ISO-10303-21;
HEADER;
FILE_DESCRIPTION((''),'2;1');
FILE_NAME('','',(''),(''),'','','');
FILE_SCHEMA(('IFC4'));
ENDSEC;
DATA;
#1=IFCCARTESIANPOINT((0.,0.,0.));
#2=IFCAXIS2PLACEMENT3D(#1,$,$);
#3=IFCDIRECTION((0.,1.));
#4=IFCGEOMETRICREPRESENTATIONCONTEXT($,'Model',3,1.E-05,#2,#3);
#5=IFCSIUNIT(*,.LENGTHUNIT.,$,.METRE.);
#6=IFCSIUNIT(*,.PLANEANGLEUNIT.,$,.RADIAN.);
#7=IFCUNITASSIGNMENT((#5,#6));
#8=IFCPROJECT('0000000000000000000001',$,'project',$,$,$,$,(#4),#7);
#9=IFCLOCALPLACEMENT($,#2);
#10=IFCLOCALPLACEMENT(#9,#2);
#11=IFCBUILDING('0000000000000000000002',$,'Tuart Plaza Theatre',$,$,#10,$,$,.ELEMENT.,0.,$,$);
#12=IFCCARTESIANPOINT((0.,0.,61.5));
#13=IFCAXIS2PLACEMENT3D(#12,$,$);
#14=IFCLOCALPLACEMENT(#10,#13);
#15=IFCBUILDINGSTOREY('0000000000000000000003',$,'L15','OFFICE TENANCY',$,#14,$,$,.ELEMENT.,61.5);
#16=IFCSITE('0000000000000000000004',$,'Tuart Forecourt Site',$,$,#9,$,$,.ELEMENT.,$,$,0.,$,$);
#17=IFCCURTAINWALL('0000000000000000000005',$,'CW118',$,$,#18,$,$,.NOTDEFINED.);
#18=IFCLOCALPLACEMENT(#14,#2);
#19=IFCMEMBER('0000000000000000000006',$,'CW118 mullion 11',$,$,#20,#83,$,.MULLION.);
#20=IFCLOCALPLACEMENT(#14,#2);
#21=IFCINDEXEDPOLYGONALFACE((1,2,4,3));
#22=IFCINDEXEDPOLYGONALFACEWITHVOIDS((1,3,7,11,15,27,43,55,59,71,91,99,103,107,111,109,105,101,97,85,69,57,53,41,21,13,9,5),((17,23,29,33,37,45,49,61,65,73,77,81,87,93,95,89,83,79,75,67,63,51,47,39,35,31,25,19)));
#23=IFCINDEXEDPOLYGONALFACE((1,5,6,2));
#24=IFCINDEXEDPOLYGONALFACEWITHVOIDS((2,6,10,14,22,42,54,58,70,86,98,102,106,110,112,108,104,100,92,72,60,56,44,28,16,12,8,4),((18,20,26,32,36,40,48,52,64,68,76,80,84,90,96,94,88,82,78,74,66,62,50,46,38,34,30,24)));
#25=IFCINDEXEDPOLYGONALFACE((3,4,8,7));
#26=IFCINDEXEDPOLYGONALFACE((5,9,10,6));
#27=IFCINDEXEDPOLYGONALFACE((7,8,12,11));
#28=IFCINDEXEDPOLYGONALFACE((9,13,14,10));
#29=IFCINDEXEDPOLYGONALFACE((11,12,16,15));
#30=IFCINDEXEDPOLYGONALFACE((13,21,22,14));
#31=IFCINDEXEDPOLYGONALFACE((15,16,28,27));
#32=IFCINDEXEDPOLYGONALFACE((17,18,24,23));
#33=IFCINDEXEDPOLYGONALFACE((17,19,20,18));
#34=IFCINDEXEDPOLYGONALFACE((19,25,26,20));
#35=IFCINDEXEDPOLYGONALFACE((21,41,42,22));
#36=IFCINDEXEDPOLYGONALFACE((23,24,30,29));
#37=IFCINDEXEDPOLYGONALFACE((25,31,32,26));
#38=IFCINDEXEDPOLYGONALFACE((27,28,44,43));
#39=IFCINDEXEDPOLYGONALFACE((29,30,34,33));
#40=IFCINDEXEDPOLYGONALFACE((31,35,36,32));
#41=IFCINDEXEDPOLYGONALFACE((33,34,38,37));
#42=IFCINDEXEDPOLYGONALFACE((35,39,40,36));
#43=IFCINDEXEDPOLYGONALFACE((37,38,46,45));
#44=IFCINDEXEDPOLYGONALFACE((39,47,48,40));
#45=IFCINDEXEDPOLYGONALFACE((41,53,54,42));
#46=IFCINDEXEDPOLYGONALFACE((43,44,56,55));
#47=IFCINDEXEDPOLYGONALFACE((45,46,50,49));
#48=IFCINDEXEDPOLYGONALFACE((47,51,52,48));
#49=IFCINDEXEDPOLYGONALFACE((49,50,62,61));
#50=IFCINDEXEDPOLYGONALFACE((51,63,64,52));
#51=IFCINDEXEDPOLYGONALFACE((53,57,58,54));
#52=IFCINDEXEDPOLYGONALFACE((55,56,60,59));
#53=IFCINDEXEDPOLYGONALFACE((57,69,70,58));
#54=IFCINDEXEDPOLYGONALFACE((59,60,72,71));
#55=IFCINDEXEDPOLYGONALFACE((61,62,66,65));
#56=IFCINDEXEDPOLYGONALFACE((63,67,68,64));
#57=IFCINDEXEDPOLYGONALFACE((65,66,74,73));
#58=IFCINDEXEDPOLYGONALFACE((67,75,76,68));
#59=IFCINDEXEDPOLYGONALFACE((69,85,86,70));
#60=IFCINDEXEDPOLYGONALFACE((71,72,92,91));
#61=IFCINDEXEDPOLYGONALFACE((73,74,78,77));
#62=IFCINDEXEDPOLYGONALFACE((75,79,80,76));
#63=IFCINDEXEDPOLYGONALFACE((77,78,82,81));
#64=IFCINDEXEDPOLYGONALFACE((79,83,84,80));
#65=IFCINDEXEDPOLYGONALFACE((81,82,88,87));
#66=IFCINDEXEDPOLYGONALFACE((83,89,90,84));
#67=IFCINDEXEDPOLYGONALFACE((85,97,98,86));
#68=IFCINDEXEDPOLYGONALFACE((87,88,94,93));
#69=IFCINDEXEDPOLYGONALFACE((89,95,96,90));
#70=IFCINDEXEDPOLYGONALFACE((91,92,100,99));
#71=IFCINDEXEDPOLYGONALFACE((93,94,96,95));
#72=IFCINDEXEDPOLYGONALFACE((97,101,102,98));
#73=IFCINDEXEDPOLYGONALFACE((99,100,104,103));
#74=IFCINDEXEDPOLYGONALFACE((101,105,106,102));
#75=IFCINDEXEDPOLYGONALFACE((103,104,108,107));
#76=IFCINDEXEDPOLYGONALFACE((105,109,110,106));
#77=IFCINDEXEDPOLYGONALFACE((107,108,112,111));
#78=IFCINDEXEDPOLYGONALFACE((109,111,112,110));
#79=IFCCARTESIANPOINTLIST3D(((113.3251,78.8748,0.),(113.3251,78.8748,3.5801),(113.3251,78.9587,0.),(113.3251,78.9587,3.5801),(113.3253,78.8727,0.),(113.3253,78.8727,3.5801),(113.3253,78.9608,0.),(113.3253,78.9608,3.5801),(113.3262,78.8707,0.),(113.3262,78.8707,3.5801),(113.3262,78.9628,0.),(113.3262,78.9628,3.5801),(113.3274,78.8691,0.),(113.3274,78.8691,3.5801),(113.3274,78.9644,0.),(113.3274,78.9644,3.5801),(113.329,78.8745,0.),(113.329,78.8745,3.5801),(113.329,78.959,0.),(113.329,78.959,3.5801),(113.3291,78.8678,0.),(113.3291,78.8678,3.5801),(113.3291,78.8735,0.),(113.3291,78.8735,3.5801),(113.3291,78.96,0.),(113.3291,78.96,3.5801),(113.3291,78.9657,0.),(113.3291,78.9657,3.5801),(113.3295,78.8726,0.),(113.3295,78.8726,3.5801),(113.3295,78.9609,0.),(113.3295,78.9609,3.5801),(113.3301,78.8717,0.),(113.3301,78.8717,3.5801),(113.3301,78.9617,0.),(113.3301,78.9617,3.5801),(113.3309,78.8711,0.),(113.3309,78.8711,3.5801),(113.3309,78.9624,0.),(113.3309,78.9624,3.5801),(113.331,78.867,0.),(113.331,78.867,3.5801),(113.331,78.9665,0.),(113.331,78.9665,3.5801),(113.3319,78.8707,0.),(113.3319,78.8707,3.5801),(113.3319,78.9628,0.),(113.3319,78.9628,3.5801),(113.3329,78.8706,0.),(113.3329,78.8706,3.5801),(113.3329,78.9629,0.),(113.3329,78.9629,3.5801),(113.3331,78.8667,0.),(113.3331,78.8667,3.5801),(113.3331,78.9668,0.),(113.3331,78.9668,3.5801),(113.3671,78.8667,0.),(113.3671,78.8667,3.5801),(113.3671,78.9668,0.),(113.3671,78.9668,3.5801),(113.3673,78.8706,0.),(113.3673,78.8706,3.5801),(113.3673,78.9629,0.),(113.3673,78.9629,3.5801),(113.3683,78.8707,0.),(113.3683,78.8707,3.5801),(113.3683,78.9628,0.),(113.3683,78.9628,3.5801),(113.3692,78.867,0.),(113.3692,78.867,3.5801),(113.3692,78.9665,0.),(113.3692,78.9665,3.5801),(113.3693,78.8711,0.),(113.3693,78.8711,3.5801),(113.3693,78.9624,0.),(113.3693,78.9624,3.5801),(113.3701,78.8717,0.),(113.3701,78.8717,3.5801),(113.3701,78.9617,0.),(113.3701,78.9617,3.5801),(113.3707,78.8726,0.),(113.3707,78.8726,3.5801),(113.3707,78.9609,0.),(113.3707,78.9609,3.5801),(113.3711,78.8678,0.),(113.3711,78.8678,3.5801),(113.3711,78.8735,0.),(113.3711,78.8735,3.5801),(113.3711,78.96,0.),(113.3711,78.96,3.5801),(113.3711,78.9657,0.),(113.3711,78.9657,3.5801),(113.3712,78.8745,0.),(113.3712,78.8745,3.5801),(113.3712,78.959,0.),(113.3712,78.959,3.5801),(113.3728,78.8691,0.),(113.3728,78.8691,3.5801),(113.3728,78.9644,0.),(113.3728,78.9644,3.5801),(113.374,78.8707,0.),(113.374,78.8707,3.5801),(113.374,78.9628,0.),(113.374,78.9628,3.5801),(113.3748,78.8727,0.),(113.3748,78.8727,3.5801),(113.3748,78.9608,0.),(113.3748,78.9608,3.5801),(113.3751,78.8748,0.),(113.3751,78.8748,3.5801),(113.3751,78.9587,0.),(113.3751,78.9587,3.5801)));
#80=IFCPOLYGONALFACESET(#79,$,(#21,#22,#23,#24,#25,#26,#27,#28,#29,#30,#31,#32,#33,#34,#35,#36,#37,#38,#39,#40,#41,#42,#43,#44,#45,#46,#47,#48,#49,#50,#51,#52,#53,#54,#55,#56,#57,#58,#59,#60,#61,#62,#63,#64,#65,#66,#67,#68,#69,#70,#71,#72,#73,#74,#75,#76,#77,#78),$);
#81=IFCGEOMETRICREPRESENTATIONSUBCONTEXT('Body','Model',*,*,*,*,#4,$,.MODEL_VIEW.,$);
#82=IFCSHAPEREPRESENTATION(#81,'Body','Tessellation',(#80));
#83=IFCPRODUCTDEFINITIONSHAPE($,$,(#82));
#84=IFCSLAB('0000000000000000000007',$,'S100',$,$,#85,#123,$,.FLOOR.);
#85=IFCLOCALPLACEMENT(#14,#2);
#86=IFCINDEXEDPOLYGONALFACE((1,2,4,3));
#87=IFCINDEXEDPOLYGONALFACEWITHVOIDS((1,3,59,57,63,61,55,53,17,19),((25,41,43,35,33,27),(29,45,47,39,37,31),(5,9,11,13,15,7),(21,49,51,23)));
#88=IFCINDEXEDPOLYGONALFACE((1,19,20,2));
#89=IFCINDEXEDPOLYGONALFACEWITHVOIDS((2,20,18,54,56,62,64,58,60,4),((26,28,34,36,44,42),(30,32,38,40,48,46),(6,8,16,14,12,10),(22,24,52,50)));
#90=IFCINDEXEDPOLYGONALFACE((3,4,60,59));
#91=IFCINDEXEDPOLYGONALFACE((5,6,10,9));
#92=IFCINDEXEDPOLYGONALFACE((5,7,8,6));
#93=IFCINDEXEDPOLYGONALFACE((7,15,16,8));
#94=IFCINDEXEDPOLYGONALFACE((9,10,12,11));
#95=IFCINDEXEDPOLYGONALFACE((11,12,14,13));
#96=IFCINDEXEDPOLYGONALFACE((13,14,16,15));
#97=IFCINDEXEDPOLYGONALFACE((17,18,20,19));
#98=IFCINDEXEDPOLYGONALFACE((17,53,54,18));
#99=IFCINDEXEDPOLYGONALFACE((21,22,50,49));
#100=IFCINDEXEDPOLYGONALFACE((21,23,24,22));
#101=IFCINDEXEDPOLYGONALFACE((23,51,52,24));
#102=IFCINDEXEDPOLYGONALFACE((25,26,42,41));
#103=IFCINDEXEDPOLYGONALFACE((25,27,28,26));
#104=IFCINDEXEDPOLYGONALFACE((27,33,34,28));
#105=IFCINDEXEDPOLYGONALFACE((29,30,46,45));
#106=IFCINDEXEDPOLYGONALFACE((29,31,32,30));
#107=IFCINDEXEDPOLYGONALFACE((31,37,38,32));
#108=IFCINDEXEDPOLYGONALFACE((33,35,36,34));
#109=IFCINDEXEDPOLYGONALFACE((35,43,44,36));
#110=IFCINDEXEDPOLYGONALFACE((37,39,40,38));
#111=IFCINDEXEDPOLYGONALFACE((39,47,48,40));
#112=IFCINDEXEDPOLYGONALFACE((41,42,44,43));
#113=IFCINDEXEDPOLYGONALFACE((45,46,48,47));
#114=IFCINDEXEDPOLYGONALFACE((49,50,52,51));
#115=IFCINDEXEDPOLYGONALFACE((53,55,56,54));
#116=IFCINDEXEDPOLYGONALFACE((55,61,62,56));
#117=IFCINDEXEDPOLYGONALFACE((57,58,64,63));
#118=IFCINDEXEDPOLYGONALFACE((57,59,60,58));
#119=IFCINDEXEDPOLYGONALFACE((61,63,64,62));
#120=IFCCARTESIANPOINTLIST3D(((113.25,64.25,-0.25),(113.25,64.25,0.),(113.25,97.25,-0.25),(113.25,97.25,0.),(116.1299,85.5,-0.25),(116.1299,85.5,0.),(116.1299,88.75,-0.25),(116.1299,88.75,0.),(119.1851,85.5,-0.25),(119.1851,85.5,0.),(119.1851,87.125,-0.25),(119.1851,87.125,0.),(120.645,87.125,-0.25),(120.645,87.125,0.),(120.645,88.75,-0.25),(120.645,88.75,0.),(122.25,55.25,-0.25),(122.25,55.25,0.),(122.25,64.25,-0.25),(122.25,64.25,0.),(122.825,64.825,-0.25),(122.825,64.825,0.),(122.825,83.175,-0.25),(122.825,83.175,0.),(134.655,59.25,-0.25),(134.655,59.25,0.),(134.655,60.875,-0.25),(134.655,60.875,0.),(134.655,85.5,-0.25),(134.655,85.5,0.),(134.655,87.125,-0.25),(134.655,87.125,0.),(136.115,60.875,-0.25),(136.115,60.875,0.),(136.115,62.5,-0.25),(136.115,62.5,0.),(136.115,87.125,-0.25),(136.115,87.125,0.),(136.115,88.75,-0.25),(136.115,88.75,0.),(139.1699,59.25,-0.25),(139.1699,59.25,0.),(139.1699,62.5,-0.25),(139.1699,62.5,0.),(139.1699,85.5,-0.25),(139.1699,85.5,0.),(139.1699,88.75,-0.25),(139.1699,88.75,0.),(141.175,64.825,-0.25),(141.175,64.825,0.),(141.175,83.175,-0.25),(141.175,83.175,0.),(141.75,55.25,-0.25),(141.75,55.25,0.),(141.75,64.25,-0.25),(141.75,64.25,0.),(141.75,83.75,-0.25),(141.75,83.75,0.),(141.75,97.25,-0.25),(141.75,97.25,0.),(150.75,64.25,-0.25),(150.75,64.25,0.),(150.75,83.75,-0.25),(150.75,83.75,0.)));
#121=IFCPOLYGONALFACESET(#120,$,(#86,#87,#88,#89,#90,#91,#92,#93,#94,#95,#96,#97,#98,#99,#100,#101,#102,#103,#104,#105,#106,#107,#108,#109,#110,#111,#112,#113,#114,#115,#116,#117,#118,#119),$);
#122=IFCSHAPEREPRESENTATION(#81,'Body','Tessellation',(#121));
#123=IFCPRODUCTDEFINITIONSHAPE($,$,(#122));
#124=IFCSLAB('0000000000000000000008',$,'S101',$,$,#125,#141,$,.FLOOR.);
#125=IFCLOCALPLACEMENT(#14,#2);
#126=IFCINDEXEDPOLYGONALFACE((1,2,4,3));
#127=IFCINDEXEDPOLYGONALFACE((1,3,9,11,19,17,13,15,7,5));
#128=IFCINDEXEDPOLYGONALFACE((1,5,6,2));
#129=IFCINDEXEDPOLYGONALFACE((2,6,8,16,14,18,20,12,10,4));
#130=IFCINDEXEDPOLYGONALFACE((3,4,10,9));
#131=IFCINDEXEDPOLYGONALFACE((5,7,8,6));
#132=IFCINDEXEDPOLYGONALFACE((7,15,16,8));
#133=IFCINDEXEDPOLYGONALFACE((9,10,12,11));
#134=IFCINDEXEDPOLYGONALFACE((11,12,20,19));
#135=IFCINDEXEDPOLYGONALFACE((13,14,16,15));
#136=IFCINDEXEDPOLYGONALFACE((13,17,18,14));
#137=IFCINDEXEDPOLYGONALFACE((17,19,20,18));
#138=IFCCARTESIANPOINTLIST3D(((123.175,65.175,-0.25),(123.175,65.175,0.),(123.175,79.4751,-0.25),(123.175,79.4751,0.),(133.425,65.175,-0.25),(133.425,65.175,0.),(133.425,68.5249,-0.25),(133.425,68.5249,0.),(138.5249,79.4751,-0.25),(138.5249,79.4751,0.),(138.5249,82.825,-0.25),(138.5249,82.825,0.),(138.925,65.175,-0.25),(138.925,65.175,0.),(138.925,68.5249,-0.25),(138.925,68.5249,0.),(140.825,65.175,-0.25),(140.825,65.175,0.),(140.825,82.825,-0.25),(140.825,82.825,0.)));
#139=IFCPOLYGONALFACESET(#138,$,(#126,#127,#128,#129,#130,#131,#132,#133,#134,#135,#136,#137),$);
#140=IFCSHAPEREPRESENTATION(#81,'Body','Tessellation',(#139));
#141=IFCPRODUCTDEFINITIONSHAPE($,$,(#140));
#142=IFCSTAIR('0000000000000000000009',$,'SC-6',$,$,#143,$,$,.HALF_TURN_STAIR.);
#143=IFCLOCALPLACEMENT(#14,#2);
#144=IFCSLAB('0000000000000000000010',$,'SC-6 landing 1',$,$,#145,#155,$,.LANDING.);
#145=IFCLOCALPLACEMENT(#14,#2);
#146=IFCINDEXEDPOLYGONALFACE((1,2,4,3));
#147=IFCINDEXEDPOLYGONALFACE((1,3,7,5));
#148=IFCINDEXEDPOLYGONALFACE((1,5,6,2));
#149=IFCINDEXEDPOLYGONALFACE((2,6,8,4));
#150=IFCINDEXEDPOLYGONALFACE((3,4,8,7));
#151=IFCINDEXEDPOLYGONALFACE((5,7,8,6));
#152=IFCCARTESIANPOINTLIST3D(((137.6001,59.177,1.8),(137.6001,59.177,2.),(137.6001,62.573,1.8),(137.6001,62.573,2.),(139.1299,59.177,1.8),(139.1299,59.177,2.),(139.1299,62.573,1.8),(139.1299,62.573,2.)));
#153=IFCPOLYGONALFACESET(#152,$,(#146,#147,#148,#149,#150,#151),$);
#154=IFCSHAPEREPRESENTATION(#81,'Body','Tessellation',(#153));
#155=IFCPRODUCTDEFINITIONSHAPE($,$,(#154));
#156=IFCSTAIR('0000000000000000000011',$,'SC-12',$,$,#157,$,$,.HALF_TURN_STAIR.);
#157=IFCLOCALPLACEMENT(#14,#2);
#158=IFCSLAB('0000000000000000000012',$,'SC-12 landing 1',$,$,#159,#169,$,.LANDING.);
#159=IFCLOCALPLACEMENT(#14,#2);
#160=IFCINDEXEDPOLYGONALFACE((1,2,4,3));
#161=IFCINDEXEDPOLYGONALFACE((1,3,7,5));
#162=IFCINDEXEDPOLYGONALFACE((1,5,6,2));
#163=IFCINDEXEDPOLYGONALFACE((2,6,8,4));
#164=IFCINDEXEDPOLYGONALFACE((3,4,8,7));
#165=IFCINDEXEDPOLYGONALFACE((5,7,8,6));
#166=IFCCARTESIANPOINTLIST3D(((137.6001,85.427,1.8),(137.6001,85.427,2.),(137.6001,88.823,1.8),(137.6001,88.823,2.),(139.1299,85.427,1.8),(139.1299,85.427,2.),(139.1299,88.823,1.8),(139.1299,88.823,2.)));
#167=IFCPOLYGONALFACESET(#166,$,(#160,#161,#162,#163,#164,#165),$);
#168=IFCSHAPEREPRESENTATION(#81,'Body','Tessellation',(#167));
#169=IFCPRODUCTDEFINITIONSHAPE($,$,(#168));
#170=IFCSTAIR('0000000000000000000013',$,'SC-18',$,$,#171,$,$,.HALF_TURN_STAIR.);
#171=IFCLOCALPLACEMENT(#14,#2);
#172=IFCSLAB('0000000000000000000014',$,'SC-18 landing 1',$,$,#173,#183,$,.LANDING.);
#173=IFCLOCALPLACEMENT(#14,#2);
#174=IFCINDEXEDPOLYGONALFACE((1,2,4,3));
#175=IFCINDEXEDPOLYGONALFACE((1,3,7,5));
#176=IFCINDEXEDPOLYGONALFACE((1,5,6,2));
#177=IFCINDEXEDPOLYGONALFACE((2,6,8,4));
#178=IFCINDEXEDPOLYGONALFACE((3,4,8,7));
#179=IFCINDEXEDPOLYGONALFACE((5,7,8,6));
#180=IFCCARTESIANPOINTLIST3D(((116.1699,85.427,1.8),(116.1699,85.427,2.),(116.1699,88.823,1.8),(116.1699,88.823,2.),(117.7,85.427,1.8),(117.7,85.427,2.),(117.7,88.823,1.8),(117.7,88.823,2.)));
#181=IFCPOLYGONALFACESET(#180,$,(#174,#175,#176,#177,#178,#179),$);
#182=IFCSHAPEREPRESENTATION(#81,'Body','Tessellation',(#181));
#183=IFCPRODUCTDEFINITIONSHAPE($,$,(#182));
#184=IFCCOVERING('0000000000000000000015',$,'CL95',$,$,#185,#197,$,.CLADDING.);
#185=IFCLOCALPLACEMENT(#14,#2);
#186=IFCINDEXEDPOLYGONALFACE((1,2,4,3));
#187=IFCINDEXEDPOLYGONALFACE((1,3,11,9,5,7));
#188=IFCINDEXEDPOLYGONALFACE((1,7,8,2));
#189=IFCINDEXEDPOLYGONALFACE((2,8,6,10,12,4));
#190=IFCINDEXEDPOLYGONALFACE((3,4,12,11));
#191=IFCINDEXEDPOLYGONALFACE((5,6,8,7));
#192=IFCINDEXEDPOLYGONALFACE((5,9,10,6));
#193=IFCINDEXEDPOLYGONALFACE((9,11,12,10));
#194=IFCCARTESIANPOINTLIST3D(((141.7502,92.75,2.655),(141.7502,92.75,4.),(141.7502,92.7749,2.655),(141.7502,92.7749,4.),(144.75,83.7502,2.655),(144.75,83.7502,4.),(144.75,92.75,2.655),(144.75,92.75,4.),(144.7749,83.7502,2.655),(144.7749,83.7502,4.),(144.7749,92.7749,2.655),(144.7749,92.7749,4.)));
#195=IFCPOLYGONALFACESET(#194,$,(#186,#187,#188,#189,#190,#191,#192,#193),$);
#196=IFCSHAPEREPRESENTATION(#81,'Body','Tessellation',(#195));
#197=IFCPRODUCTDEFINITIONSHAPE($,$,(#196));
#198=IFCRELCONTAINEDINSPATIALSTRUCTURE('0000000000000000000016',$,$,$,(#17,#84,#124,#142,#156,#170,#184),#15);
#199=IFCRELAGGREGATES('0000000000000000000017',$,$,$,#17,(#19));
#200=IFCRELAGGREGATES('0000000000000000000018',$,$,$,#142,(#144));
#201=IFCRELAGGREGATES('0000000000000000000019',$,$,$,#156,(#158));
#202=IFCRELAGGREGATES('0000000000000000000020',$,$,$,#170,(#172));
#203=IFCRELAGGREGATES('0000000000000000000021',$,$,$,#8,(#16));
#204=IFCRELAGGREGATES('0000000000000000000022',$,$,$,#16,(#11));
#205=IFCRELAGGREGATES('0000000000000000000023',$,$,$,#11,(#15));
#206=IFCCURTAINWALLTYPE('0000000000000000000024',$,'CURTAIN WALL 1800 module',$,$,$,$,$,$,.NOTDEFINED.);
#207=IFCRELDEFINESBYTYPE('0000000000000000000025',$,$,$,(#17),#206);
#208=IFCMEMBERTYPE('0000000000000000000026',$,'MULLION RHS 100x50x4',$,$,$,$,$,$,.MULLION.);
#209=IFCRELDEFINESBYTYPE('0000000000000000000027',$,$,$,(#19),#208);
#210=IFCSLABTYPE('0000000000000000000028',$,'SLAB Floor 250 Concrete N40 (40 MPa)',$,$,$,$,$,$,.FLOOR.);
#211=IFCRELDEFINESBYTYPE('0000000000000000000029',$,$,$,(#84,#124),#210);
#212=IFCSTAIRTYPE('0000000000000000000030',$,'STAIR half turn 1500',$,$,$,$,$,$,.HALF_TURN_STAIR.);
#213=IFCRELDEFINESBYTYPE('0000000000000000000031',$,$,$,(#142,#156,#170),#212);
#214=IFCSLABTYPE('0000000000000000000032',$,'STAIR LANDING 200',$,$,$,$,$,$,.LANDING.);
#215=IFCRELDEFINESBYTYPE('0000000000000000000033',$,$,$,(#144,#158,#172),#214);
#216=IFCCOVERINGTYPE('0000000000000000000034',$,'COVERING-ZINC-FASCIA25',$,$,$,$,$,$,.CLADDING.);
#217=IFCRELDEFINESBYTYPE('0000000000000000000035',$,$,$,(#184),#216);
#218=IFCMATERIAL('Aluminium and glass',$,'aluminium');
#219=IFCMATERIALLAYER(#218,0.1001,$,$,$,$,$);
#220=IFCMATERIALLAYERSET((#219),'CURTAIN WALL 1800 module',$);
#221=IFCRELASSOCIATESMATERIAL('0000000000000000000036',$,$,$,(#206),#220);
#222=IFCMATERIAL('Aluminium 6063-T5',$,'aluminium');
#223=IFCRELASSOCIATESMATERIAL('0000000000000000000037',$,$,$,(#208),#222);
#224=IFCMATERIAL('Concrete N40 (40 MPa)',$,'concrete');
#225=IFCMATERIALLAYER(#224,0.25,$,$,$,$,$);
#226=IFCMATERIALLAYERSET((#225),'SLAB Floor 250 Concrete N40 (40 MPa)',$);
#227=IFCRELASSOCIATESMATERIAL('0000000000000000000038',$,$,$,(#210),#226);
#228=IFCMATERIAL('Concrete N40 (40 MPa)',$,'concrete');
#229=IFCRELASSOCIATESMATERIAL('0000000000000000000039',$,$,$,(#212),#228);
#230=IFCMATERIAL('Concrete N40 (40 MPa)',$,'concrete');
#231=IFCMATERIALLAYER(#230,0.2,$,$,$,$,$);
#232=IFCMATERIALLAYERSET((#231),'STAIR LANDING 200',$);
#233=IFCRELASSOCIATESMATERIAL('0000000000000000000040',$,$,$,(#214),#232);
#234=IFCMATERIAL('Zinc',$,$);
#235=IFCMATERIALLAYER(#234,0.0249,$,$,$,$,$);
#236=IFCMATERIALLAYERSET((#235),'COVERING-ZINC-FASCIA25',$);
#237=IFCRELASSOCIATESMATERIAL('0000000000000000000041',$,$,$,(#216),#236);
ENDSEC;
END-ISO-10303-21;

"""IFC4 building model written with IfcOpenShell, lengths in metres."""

from ifc_helpers import new_model, si_unit, direction, frame, origin, origin_2d, place, context, subcontext, project, spatial, polyline, hollow_rectangle, outline, extrude, material, layer, layer_set, material_profile, profile_set, type_object, element, aggregate, save


model = new_model("IFC4")

# Units and contexts
model_context = context("Model", 3, precision=1e-05, world=origin(), true_north=direction((0.0, 1.0)))
body_context = subcontext(model_context, "Body", "Model", "MODEL_VIEW")
ifc_project = project(units=[si_unit("LENGTHUNIT", "METRE"), si_unit("PLANEANGLEUNIT", "RADIAN")], contexts=[model_context])

# Site, building, storey
site_placement = place(None, origin())
site = spatial("IfcSite", under=ifc_project, at=site_placement, Name="Tuart Forecourt Site", CompositionType="ELEMENT", RefElevation=0.0)
building_placement = place(site_placement, origin())
building = spatial("IfcBuilding", under=site, at=building_placement, Name="Tuart Plaza Theatre", CompositionType="ELEMENT", ElevationOfRefHeight=0.0)
storey_placement = place(building_placement, frame((0.0, 0.0, 61.5)))
storey = spatial("IfcBuildingStorey", under=building, at=storey_placement, Name="L15", Description="OFFICE TENANCY", CompositionType="ELEMENT", Elevation=61.5)

# Curtain wall, member
ifc_material_1 = material(Name="Aluminium and glass", Category="aluminium")
ifc_layer_1 = layer(ifc_material_1, 0.1001)
ifc_layer_set_1 = layer_set([ifc_layer_1], Name="CURTAIN WALL 1800 module")
curtain_wall_type = type_object("IfcCurtainWallType", Name="CURTAIN WALL 1800 module", PredefinedType="NOTDEFINED", material=ifc_layer_set_1)
curtain_wall_placement = place(storey_placement, origin())
curtain_wall = element("IfcCurtainWall", 1, at=curtain_wall_placement, inside=storey, type_object=curtain_wall_type, Name="CW118", PredefinedType="NOTDEFINED")
ifc_material_2 = material(Name="Aluminium 6063-T5", Category="aluminium")
ifc_material_profile = material_profile(ifc_material_2, hollow_rectangle(XDim=0.05, YDim=0.1001, WallThickness=0.0039, InnerFilletRadius=0.0039, OuterFilletRadius=0.0081, at=origin_2d()), Name="RHS 100x50x4")
ifc_profile_set = profile_set([ifc_material_profile], Name="Aluminium 6063-T5")
member_type = type_object("IfcMemberType", Name="MULLION RHS 100x50x4", PredefinedType="MULLION", material=ifc_profile_set)
member_1_placement = place(storey_placement, frame((113.3501, 78.9167, 0.0), z_axis=(0.0, 0.0, 1.0), x_axis=(1.0, 0.0, 0.0)))
member_1 = element("IfcMember", 2, at=member_1_placement, type_object=member_type, Name="CW118 mullion 11", PredefinedType="MULLION", context=body_context, shape_type="SweptSolid", body=[
    extrude(hollow_rectangle(XDim=0.05, YDim=0.1001, WallThickness=0.0039, InnerFilletRadius=0.0039, OuterFilletRadius=0.0081, at=origin_2d()), origin(), (0.0, 0.0, 1.0), 3.5801),
])
aggregate(curtain_wall, [member_1])

# Slabs
ifc_material_3 = material(Name="Concrete N40 (40 MPa)", Category="concrete")
ifc_layer_2 = layer(ifc_material_3, 0.25)
ifc_layer_set_2 = layer_set([ifc_layer_2], Name="SLAB Floor 250 Concrete N40 (40 MPa)")
slab_type_1 = type_object("IfcSlabType", Name="SLAB Floor 250 Concrete N40 (40 MPa)", PredefinedType="FLOOR", material=ifc_layer_set_2)
slab_1_placement = place(storey_placement, frame((0.0, 0.0, -0.25)))
element("IfcSlab", 3, at=slab_1_placement, inside=storey, type_object=slab_type_1, Name="S100", PredefinedType="FLOOR", context=body_context, shape_type="SweptSolid", body=[
    extrude(outline(polyline([(141.75, 97.25), (113.25, 97.25), (113.25, 64.25), (122.25, 64.25), (122.25, 55.25), (141.75, 55.25), (141.75, 64.25), (150.75, 64.25), (150.75, 83.75), (141.75, 83.75), (141.75, 97.25)]), holes=[polyline([(141.175, 64.825), (141.175, 83.175), (122.825, 83.175), (122.825, 64.825), (141.175, 64.825)]), polyline([(136.115, 62.5), (136.115, 60.875), (134.655, 60.875), (134.655, 59.25), (139.1699, 59.25), (139.1699, 62.5), (136.115, 62.5)]), polyline([(139.1699, 88.75), (136.115, 88.75), (136.115, 87.125), (134.655, 87.125), (134.655, 85.5), (139.1699, 85.5), (139.1699, 88.75)]), polyline([(116.1299, 88.75), (116.1299, 85.5), (119.1851, 85.5), (119.1851, 87.125), (120.645, 87.125), (120.645, 88.75), (116.1299, 88.75)])]), origin(), (0.0, 0.0, 1.0), 0.25),
])
slab_2_placement = place(storey_placement, frame((0.0, 0.0, -0.25)))
element("IfcSlab", 4, at=slab_2_placement, inside=storey, type_object=slab_type_1, Name="S101", PredefinedType="FLOOR", context=body_context, shape_type="SweptSolid", body=[
    extrude(outline(polyline([(123.175, 65.175), (133.425, 65.175), (133.425, 68.5249), (138.925, 68.5249), (138.925, 65.175), (140.825, 65.175), (140.825, 82.825), (138.5249, 82.825), (138.5249, 79.4751), (123.175, 79.4751), (123.175, 65.175)])), origin(), (0.0, 0.0, 1.0), 0.25),
])

# Stairs, slabs
ifc_material_4 = material(Name="Concrete N40 (40 MPa)", Category="concrete")
stair_type = type_object("IfcStairType", Name="STAIR half turn 1500", PredefinedType="HALF_TURN_STAIR", material=ifc_material_4)
stair_1_placement = place(storey_placement, origin())
stair_1 = element("IfcStair", 5, at=stair_1_placement, inside=storey, type_object=stair_type, Name="SC-6", PredefinedType="HALF_TURN_STAIR")
ifc_material_5 = material(Name="Concrete N40 (40 MPa)", Category="concrete")
ifc_layer_3 = layer(ifc_material_5, 0.2)
ifc_layer_set_3 = layer_set([ifc_layer_3], Name="STAIR LANDING 200")
slab_type_2 = type_object("IfcSlabType", Name="STAIR LANDING 200", PredefinedType="LANDING", material=ifc_layer_set_3)
slab_3_placement = place(storey_placement, frame((0.0, 0.0, 1.8)))
slab_3 = element("IfcSlab", 6, at=slab_3_placement, type_object=slab_type_2, Name="SC-6 landing 1", PredefinedType="LANDING", context=body_context, shape_type="SweptSolid", body=[
    extrude(outline(polyline([(137.6001, 59.177), (139.1299, 59.177), (139.1299, 62.573), (137.6001, 62.573), (137.6001, 59.177)])), origin(), (0.0, 0.0, 1.0), 0.2),
])
aggregate(stair_1, [slab_3])
stair_2_placement = place(storey_placement, origin())
stair_2 = element("IfcStair", 7, at=stair_2_placement, inside=storey, type_object=stair_type, Name="SC-12", PredefinedType="HALF_TURN_STAIR")
slab_4_placement = place(storey_placement, frame((0.0, 0.0, 1.8)))
slab_4 = element("IfcSlab", 8, at=slab_4_placement, type_object=slab_type_2, Name="SC-12 landing 1", PredefinedType="LANDING", context=body_context, shape_type="SweptSolid", body=[
    extrude(outline(polyline([(137.6001, 85.427), (139.1299, 85.427), (139.1299, 88.823), (137.6001, 88.823), (137.6001, 85.427)])), origin(), (0.0, 0.0, 1.0), 0.2),
])
aggregate(stair_2, [slab_4])
stair_3_placement = place(storey_placement, origin())
stair_3 = element("IfcStair", 9, at=stair_3_placement, inside=storey, type_object=stair_type, Name="SC-18", PredefinedType="HALF_TURN_STAIR")
slab_5_placement = place(storey_placement, frame((0.0, 0.0, 1.8)))
slab_5 = element("IfcSlab", 10, at=slab_5_placement, type_object=slab_type_2, Name="SC-18 landing 1", PredefinedType="LANDING", context=body_context, shape_type="SweptSolid", body=[
    extrude(outline(polyline([(117.7, 88.823), (116.1699, 88.823), (116.1699, 85.427), (117.7, 85.427), (117.7, 88.823)])), origin(), (0.0, 0.0, 1.0), 0.2),
])
aggregate(stair_3, [slab_5])

# Covering
ifc_material_6 = material(Name="Zinc")
ifc_layer_4 = layer(ifc_material_6, 0.0249)
ifc_layer_set_4 = layer_set([ifc_layer_4], Name="COVERING-ZINC-FASCIA25")
covering_type_1 = type_object("IfcCoveringType", Name="COVERING-ZINC-FASCIA25", PredefinedType="CLADDING", material=ifc_layer_set_4)
covering_1_placement = place(storey_placement, frame((0.0, 0.0, 2.655)))
element("IfcCovering", 11, at=covering_1_placement, inside=storey, type_object=covering_type_1, Name="CL95", PredefinedType="CLADDING", context=body_context, shape_type="SweptSolid", body=[
    extrude(outline(polyline([(144.7749, 92.7749), (144.7749, 83.7502), (144.75, 83.7502), (144.75, 92.75), (141.7502, 92.75), (141.7502, 92.7749), (144.7749, 92.7749)])), origin(), (0.0, 0.0, 1.0), 1.345),
])

save(model, "model.ifc")
